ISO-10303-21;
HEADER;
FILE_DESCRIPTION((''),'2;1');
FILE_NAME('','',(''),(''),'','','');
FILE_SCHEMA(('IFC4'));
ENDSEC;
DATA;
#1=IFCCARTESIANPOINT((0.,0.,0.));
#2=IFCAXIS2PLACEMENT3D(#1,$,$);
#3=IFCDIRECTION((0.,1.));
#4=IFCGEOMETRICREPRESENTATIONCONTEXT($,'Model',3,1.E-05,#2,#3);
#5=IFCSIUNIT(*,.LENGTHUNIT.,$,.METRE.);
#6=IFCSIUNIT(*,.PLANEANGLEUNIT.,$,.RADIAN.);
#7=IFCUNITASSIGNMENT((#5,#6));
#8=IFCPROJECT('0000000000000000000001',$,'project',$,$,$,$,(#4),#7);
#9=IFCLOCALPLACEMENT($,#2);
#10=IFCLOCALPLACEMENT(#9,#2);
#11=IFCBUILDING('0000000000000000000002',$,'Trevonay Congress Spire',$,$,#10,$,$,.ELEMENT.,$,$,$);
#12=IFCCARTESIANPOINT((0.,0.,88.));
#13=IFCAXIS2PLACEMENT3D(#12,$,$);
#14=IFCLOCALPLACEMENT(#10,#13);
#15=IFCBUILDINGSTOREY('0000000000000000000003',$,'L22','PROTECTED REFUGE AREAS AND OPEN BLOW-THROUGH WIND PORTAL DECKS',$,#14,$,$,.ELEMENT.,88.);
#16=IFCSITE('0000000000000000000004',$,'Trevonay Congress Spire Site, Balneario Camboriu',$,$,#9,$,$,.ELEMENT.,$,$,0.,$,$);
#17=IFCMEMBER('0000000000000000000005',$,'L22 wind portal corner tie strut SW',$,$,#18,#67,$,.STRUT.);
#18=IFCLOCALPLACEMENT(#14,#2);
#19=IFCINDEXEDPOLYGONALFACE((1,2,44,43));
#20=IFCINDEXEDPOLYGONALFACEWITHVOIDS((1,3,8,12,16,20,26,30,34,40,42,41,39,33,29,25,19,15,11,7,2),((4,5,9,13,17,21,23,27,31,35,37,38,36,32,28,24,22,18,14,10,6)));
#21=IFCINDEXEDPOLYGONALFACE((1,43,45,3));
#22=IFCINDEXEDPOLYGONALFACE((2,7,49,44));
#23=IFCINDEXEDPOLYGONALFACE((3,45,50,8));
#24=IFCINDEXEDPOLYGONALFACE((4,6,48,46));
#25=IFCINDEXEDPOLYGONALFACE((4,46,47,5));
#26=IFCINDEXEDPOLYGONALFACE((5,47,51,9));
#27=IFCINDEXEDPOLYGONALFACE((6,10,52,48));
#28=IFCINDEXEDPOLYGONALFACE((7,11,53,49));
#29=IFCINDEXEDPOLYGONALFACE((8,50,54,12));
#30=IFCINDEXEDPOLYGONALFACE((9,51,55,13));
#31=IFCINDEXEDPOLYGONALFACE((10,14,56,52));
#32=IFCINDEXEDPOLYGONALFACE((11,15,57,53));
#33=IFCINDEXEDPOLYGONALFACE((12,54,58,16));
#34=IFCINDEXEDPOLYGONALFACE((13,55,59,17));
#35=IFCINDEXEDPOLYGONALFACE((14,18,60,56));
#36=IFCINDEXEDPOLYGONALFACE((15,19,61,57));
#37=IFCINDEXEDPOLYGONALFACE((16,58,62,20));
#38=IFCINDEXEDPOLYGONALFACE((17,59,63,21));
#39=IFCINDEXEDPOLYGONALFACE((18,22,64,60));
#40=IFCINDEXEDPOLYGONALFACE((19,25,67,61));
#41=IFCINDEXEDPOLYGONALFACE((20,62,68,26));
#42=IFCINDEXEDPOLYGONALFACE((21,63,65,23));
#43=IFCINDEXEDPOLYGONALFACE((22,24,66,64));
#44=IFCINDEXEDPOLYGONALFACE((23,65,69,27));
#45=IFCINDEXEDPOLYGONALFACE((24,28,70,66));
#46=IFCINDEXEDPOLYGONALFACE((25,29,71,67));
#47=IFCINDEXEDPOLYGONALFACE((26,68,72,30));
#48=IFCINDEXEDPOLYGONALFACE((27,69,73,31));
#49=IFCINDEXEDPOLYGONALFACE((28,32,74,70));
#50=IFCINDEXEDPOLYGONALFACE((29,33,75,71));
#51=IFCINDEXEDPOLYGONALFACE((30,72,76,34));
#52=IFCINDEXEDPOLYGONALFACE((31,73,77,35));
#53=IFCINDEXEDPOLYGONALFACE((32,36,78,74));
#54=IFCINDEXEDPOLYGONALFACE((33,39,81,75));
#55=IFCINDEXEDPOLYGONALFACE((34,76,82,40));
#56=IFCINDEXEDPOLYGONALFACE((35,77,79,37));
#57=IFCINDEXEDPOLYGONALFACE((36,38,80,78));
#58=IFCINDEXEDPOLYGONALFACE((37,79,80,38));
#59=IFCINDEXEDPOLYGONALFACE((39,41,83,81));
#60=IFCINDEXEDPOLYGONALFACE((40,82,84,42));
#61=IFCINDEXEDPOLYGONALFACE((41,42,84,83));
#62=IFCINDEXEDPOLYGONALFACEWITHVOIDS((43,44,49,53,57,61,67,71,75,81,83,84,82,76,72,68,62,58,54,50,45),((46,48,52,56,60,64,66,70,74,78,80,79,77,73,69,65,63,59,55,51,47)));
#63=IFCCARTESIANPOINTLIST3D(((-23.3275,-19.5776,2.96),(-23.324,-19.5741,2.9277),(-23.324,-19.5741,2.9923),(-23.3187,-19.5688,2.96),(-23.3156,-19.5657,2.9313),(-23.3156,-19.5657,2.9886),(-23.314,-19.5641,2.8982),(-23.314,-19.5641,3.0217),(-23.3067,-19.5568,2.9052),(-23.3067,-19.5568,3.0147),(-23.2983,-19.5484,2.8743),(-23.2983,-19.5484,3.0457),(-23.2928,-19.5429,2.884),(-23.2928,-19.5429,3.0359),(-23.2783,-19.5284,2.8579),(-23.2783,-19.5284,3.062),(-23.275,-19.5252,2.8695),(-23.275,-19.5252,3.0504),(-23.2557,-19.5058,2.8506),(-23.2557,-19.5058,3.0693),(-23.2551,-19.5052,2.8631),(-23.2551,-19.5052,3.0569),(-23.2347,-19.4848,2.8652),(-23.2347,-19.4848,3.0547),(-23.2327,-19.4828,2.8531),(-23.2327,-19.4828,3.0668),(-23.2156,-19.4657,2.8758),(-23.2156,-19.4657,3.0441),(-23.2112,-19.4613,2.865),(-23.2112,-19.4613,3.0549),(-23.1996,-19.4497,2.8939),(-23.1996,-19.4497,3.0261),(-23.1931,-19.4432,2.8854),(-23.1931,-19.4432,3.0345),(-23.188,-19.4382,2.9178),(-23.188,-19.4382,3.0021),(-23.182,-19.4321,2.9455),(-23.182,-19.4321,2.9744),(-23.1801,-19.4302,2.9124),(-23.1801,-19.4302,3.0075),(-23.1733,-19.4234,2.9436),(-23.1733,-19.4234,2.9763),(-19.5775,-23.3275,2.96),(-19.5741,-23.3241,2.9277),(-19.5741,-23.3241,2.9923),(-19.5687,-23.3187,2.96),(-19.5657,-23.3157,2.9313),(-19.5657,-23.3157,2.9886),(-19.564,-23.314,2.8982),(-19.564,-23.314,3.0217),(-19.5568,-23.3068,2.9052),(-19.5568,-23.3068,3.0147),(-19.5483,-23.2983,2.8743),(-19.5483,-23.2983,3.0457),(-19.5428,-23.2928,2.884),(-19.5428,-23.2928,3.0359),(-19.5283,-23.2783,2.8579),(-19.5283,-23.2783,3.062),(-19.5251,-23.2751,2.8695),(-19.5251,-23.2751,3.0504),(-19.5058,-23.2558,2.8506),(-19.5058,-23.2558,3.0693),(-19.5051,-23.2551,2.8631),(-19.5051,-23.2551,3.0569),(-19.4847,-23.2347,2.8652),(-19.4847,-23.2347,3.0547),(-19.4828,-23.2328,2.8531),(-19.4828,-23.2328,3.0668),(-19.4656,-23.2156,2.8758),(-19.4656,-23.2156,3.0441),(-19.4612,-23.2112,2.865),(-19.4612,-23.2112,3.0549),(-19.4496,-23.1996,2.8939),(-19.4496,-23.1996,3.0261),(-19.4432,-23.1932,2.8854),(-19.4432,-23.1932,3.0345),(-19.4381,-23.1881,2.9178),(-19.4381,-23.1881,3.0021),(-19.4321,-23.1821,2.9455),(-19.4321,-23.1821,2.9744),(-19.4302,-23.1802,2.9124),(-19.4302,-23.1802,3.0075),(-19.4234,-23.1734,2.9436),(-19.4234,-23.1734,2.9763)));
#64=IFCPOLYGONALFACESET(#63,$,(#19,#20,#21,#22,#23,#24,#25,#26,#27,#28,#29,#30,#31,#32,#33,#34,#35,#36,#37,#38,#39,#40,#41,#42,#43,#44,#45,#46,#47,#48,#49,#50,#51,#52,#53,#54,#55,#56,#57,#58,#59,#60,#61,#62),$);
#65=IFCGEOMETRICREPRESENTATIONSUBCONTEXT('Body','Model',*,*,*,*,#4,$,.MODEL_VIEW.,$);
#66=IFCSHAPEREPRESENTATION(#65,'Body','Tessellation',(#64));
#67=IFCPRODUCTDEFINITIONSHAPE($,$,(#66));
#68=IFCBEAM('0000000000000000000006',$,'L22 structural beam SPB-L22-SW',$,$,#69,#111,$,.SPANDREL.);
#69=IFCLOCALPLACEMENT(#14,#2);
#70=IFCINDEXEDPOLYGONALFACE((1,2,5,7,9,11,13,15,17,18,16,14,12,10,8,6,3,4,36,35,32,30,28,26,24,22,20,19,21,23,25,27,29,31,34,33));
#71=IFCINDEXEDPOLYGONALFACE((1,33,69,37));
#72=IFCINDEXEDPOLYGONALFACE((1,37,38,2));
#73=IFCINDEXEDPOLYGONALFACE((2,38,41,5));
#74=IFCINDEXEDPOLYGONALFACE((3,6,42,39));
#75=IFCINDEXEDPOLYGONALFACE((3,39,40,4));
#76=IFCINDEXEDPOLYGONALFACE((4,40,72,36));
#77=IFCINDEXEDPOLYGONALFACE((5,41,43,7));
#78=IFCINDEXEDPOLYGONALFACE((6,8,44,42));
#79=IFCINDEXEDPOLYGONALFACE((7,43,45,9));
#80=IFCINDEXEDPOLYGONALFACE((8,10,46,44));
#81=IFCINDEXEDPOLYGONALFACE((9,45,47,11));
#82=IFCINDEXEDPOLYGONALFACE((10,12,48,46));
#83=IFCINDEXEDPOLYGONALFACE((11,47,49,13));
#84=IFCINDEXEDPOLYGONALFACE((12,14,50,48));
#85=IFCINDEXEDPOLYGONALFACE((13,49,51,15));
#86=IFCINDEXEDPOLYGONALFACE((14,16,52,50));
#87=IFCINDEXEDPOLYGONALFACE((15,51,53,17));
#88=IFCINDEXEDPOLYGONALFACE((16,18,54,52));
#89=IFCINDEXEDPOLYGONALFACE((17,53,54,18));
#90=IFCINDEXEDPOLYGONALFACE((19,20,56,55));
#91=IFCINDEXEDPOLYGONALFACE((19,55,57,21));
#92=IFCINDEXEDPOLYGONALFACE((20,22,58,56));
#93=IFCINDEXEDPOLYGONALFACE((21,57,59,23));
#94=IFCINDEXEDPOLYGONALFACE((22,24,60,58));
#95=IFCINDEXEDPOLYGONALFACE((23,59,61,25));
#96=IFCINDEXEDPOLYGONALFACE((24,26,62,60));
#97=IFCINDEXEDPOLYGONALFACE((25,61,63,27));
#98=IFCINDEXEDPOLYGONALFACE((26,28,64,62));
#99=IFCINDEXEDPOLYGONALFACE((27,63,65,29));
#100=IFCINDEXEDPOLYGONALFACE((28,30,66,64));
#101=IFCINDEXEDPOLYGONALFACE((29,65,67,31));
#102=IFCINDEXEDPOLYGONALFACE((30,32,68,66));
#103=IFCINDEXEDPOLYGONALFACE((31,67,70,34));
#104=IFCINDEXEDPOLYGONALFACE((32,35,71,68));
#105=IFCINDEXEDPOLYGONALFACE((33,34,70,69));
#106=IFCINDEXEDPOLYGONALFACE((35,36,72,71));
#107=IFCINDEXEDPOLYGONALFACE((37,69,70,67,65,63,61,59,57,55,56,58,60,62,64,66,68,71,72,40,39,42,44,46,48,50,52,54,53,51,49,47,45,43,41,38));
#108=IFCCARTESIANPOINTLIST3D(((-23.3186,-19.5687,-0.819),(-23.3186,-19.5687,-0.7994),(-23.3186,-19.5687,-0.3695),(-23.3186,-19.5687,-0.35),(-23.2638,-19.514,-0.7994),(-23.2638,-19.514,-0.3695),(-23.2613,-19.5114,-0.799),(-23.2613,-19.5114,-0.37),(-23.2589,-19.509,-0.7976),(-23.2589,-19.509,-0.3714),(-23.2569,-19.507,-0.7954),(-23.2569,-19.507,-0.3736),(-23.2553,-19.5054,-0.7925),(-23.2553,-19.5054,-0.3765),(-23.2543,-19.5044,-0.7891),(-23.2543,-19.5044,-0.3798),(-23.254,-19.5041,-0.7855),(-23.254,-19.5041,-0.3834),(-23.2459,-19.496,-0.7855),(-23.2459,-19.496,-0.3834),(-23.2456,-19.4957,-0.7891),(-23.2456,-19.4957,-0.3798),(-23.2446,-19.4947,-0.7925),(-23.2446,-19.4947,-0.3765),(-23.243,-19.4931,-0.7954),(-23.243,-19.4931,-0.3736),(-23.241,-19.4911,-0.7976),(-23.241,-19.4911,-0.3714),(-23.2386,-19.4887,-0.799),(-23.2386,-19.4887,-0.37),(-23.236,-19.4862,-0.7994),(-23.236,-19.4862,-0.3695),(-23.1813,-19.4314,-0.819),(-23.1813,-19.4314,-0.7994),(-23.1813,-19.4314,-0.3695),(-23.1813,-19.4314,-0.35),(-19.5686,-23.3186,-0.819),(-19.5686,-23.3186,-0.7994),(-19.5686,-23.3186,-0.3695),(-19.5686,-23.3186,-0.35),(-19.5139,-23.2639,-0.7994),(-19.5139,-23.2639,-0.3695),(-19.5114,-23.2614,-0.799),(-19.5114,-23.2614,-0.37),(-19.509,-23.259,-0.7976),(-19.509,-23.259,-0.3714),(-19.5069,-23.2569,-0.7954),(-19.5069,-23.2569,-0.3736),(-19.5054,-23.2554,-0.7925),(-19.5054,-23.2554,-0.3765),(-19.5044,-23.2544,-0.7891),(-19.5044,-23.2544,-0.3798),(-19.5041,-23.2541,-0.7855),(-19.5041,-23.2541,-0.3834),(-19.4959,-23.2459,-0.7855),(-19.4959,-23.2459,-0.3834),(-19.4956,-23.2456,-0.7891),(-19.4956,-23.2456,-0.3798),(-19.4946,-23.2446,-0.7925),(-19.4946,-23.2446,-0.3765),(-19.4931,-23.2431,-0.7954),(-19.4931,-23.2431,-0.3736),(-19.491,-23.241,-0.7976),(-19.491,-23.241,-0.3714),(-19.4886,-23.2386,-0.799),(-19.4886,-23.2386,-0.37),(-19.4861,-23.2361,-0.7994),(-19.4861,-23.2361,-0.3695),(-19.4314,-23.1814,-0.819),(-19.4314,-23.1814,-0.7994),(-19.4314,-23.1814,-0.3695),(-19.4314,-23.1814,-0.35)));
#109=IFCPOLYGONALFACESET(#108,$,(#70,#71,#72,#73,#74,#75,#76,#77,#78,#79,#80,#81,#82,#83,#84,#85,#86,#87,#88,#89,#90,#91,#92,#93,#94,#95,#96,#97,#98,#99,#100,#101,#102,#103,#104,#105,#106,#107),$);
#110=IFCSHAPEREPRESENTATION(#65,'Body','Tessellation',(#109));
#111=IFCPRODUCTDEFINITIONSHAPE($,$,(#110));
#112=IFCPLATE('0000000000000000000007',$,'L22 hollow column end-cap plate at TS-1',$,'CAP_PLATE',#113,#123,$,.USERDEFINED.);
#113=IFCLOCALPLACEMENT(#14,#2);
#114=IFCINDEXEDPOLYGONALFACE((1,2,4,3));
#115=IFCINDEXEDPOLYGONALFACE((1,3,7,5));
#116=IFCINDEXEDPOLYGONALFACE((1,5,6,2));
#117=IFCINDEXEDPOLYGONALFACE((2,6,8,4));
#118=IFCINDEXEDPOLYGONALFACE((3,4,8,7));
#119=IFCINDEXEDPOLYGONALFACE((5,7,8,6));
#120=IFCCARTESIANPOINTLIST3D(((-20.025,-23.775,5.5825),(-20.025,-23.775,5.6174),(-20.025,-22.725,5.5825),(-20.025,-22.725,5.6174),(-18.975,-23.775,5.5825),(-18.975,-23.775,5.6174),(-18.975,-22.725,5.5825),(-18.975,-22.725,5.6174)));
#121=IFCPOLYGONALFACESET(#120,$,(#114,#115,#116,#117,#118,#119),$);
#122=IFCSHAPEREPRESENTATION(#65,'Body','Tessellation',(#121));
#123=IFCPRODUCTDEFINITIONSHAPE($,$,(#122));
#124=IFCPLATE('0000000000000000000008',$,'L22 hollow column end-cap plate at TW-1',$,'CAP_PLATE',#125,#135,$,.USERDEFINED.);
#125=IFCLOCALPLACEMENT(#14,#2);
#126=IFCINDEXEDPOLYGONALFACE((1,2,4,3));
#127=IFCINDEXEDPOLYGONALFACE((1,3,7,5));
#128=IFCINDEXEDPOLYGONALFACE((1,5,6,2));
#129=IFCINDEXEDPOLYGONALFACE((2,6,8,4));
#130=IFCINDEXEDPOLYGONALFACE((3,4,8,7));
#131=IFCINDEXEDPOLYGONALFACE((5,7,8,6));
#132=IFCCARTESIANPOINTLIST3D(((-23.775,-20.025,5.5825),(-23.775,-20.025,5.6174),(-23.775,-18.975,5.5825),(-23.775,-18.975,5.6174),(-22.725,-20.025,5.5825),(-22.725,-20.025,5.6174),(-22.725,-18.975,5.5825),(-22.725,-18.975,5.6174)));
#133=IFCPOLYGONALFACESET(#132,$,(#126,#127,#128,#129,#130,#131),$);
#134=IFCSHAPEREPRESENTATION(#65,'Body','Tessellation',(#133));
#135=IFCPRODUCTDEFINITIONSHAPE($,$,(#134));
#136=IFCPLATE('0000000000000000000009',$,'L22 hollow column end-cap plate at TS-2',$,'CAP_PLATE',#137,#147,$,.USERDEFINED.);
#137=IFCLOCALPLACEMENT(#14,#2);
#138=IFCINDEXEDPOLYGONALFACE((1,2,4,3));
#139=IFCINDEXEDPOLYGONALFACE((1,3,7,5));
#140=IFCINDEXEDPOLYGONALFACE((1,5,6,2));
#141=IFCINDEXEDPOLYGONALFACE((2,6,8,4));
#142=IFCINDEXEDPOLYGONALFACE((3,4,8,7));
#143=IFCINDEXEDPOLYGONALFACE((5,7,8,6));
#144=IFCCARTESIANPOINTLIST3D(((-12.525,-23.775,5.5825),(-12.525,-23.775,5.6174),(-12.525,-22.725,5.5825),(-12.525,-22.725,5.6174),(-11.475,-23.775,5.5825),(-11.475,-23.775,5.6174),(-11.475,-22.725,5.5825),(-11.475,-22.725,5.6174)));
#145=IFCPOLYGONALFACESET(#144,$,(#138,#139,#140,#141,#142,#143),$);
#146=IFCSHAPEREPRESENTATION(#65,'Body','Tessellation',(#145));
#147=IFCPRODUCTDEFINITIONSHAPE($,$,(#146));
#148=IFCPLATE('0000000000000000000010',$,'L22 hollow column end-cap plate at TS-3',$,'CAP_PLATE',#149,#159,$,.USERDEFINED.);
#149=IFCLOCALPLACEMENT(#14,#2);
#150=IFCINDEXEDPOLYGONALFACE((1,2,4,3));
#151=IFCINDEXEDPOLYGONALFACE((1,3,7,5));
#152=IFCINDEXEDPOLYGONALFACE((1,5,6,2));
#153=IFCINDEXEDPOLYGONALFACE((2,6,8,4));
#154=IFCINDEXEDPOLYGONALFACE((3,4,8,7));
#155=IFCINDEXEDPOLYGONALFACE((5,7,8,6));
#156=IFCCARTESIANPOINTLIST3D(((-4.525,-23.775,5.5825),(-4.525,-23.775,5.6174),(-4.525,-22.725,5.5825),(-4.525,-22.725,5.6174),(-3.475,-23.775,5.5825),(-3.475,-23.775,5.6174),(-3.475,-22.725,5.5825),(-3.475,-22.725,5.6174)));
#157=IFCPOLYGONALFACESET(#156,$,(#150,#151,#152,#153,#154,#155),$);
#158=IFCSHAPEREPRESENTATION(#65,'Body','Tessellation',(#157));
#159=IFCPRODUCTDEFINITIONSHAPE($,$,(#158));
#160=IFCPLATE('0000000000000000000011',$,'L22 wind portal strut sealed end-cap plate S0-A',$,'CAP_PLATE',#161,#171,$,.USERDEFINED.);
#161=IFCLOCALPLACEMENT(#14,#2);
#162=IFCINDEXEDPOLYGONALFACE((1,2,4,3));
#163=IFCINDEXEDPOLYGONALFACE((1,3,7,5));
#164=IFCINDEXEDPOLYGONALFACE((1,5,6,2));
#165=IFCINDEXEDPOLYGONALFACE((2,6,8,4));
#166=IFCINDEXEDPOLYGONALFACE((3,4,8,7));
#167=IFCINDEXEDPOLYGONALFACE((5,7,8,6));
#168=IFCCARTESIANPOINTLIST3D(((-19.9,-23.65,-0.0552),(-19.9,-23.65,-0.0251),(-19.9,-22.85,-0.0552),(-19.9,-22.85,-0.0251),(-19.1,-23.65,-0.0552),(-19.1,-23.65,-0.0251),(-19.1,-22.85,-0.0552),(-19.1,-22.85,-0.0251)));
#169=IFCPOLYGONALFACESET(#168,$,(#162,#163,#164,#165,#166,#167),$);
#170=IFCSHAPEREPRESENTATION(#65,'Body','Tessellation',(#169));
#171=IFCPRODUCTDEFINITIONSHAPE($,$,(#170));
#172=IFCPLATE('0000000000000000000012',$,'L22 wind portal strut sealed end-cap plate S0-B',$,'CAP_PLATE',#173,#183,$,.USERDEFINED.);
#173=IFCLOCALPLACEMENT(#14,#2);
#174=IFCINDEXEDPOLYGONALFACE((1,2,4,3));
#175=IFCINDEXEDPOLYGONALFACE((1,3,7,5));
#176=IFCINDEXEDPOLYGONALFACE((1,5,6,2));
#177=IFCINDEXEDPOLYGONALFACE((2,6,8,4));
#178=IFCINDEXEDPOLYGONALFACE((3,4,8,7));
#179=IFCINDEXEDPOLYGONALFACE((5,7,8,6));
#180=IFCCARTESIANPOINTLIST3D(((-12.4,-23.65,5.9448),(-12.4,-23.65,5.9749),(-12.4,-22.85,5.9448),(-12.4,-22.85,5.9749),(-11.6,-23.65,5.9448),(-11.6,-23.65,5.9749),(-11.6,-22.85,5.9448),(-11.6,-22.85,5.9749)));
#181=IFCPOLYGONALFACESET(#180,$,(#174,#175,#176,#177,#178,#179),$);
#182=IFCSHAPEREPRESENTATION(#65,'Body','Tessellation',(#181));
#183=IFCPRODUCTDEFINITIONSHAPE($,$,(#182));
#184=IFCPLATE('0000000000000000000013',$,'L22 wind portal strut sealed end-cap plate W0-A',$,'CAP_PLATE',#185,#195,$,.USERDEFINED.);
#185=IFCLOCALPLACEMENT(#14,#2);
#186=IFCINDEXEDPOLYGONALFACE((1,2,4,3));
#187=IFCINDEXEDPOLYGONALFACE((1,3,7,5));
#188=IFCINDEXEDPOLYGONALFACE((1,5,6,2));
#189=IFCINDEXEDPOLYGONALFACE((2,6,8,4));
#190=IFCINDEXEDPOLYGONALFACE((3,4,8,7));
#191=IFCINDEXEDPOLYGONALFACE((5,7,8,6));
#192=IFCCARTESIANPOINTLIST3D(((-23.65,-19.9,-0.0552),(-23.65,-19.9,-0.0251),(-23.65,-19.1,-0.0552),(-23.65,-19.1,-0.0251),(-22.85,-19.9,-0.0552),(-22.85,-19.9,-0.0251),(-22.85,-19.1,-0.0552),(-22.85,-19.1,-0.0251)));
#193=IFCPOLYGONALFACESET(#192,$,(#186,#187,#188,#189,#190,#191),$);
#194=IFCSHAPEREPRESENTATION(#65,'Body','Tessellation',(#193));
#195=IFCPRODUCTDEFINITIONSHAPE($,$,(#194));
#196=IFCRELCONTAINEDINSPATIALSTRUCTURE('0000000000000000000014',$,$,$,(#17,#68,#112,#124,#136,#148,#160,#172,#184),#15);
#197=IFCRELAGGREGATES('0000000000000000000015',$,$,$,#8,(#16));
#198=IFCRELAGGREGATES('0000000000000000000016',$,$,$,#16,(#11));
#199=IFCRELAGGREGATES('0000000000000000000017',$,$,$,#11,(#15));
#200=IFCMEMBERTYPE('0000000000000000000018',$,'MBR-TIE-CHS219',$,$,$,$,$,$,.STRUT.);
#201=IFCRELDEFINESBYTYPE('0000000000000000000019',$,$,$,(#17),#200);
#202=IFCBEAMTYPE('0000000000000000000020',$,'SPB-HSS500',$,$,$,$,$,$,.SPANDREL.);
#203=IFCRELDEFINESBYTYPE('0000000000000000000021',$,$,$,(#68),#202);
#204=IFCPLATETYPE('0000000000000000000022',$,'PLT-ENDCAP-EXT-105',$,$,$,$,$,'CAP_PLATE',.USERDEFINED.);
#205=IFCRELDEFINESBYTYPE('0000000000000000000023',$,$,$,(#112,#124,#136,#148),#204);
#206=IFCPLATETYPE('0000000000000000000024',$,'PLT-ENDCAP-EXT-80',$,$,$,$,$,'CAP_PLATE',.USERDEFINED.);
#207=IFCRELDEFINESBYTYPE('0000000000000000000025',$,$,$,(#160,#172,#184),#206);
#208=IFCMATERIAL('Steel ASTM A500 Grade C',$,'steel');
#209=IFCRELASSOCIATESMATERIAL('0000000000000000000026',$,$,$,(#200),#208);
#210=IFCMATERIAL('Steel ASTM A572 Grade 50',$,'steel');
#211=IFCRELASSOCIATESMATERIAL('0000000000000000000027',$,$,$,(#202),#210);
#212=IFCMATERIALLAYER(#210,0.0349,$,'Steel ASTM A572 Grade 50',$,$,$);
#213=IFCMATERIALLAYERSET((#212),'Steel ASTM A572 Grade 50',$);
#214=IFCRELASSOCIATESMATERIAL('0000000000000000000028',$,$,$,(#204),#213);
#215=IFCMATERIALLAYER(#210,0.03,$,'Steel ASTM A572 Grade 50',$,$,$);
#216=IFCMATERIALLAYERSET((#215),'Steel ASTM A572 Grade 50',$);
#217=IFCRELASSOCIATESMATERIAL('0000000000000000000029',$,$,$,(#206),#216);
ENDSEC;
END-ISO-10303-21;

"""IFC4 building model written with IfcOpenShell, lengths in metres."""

from ifc_helpers import new_model, si_unit, direction, frame, origin, origin_2d, place, context, subcontext, project, spatial, rectangle, hollow_circle, i_section, extrude, material, layer, layer_set, material_profile, profile_set, type_object, element, save


model = new_model("IFC4")

# Units and contexts
model_context = context("Model", 3, precision=1e-05, world=origin(), true_north=direction((0.0, 1.0)))
body_context = subcontext(model_context, "Body", "Model", "MODEL_VIEW")
ifc_project = project(units=[si_unit("LENGTHUNIT", "METRE"), si_unit("PLANEANGLEUNIT", "RADIAN")], contexts=[model_context])

# Site, building, storey
site_placement = place(None, origin())
site = spatial("IfcSite", under=ifc_project, at=site_placement, Name="Trevonay Congress Spire Site, Balneario Camboriu", CompositionType="ELEMENT", RefElevation=0.0)
building_placement = place(site_placement, origin())
building = spatial("IfcBuilding", under=site, at=building_placement, Name="Trevonay Congress Spire", CompositionType="ELEMENT")
storey_placement = place(building_placement, frame((0.0, 0.0, 88.0)))
storey = spatial("IfcBuildingStorey", under=building, at=storey_placement, Name="L22", Description="PROTECTED REFUGE AREAS AND OPEN BLOW-THROUGH WIND PORTAL DECKS", CompositionType="ELEMENT", Elevation=88.0)

# Shared definitions
ifc_material_1 = material(Name="Steel ASTM A572 Grade 50", Category="steel")

# Member
ifc_material_2 = material(Name="Steel ASTM A500 Grade C", Category="steel")
ifc_material_profile_1 = material_profile(ifc_material_2, hollow_circle(Radius=0.1096, WallThickness=0.0125, at=origin_2d()), Name="CHS 219.1x12.5")
ifc_profile_set_1 = profile_set([ifc_material_profile_1], Name="Steel ASTM A500 Grade C")
member_type_1 = type_object("IfcMemberType", Name="MBR-TIE-CHS219", PredefinedType="STRUT", material=ifc_profile_set_1)
member_placement = place(storey_placement, frame((-19.5, -23.25, 2.96), z_axis=(-0.707107, 0.707107, 0.0), x_axis=(-0.707107, -0.707107, 0.0)))
element("IfcMember", 1, at=member_placement, inside=storey, type_object=member_type_1, Name="L22 wind portal corner tie strut SW", PredefinedType="STRUT", context=body_context, shape_type="SweptSolid", body=[
    extrude(hollow_circle(Radius=0.1096, WallThickness=0.0125, at=origin_2d()), origin(), (0.0, 0.0, 1.0), 5.3032),
])

# Beam
ifc_material_profile_2 = material_profile(ifc_material_1, i_section(OverallWidth=0.1941, OverallDepth=0.469, WebThickness=0.0115, FlangeThickness=0.0195, FilletRadius=0.0139, at=origin_2d()), Name="W460x106")
ifc_profile_set_2 = profile_set([ifc_material_profile_2], Name="Steel ASTM A572 Grade 50")
beam_type_1 = type_object("IfcBeamType", Name="SPB-HSS500", PredefinedType="SPANDREL", material=ifc_profile_set_2)
beam_1_placement = place(storey_placement, frame((-19.5, -23.25, -0.5845), z_axis=(-0.707107, 0.707107, 0.0), x_axis=(-0.707107, -0.707107, 0.0)))
element("IfcBeam", 2, at=beam_1_placement, inside=storey, type_object=beam_type_1, Name="L22 structural beam SPB-L22-SW", PredefinedType="SPANDREL", context=body_context, shape_type="SweptSolid", body=[
    extrude(i_section(OverallWidth=0.1941, OverallDepth=0.469, WebThickness=0.0115, FlangeThickness=0.0195, FilletRadius=0.0139, at=origin_2d()), origin(), (0.0, 0.0, 1.0), 5.3032),
])

# Plates
ifc_layer_1 = layer(ifc_material_1, 0.0349, Name="Steel ASTM A572 Grade 50")
ifc_layer_set_1 = layer_set([ifc_layer_1], Name="Steel ASTM A572 Grade 50")
plate_type_1 = type_object("IfcPlateType", Name="PLT-ENDCAP-EXT-105", ElementType="CAP_PLATE", PredefinedType="USERDEFINED", material=ifc_layer_set_1)
for number, where, z_axis, x_axis, name in (
    (3, (-19.5, -23.25, 5.5825), (0.0, 0.0, 1.0), (1.0, 0.0, 0.0), "L22 hollow column end-cap plate at TS-1"),
    (4, (-23.25, -19.5, 5.5825), (0.0, 0.0, 1.0), (1.0, 0.0, 0.0), "L22 hollow column end-cap plate at TW-1"),
    (5, (-12.0, -23.25, 5.5825), (0.0, 0.0, 1.0), (1.0, 0.0, 0.0), "L22 hollow column end-cap plate at TS-2"),
    (6, (-4.0, -23.25, 5.5825), (0.0, 0.0, 1.0), (1.0, 0.0, 0.0), "L22 hollow column end-cap plate at TS-3"),
):
    element("IfcPlate", number, at=place(storey_placement, frame(where, z_axis=z_axis, x_axis=x_axis)), inside=storey, type_object=plate_type_1, Name=name, ObjectType="CAP_PLATE", PredefinedType="USERDEFINED", context=body_context, shape_type="SweptSolid", body=[
        extrude(rectangle(XDim=1.05, YDim=1.05, at=origin_2d()), origin(), (0.0, 0.0, 1.0), 0.0349),
    ])
ifc_layer_2 = layer(ifc_material_1, 0.03, Name="Steel ASTM A572 Grade 50")
ifc_layer_set_2 = layer_set([ifc_layer_2], Name="Steel ASTM A572 Grade 50")
plate_type_2 = type_object("IfcPlateType", Name="PLT-ENDCAP-EXT-80", ElementType="CAP_PLATE", PredefinedType="USERDEFINED", material=ifc_layer_set_2)
for number, where, z_axis, x_axis, name in (
    (7, (-19.5, -23.25, -0.0552), (0.0, 0.0, 1.0), (1.0, 0.0, 0.0), "L22 wind portal strut sealed end-cap plate S0-A"),
    (8, (-12.0, -23.25, 5.9448), (0.0, 0.0, 1.0), (1.0, 0.0, 0.0), "L22 wind portal strut sealed end-cap plate S0-B"),
    (9, (-23.25, -19.5, -0.0552), (0.0, 0.0, 1.0), (1.0, 0.0, 0.0), "L22 wind portal strut sealed end-cap plate W0-A"),
):
    element("IfcPlate", number, at=place(storey_placement, frame(where, z_axis=z_axis, x_axis=x_axis)), inside=storey, type_object=plate_type_2, Name=name, ObjectType="CAP_PLATE", PredefinedType="USERDEFINED", context=body_context, shape_type="SweptSolid", body=[
        extrude(rectangle(XDim=0.8, YDim=0.8, at=origin_2d()), origin(), (0.0, 0.0, 1.0), 0.03),
    ])

save(model, "model.ifc")
